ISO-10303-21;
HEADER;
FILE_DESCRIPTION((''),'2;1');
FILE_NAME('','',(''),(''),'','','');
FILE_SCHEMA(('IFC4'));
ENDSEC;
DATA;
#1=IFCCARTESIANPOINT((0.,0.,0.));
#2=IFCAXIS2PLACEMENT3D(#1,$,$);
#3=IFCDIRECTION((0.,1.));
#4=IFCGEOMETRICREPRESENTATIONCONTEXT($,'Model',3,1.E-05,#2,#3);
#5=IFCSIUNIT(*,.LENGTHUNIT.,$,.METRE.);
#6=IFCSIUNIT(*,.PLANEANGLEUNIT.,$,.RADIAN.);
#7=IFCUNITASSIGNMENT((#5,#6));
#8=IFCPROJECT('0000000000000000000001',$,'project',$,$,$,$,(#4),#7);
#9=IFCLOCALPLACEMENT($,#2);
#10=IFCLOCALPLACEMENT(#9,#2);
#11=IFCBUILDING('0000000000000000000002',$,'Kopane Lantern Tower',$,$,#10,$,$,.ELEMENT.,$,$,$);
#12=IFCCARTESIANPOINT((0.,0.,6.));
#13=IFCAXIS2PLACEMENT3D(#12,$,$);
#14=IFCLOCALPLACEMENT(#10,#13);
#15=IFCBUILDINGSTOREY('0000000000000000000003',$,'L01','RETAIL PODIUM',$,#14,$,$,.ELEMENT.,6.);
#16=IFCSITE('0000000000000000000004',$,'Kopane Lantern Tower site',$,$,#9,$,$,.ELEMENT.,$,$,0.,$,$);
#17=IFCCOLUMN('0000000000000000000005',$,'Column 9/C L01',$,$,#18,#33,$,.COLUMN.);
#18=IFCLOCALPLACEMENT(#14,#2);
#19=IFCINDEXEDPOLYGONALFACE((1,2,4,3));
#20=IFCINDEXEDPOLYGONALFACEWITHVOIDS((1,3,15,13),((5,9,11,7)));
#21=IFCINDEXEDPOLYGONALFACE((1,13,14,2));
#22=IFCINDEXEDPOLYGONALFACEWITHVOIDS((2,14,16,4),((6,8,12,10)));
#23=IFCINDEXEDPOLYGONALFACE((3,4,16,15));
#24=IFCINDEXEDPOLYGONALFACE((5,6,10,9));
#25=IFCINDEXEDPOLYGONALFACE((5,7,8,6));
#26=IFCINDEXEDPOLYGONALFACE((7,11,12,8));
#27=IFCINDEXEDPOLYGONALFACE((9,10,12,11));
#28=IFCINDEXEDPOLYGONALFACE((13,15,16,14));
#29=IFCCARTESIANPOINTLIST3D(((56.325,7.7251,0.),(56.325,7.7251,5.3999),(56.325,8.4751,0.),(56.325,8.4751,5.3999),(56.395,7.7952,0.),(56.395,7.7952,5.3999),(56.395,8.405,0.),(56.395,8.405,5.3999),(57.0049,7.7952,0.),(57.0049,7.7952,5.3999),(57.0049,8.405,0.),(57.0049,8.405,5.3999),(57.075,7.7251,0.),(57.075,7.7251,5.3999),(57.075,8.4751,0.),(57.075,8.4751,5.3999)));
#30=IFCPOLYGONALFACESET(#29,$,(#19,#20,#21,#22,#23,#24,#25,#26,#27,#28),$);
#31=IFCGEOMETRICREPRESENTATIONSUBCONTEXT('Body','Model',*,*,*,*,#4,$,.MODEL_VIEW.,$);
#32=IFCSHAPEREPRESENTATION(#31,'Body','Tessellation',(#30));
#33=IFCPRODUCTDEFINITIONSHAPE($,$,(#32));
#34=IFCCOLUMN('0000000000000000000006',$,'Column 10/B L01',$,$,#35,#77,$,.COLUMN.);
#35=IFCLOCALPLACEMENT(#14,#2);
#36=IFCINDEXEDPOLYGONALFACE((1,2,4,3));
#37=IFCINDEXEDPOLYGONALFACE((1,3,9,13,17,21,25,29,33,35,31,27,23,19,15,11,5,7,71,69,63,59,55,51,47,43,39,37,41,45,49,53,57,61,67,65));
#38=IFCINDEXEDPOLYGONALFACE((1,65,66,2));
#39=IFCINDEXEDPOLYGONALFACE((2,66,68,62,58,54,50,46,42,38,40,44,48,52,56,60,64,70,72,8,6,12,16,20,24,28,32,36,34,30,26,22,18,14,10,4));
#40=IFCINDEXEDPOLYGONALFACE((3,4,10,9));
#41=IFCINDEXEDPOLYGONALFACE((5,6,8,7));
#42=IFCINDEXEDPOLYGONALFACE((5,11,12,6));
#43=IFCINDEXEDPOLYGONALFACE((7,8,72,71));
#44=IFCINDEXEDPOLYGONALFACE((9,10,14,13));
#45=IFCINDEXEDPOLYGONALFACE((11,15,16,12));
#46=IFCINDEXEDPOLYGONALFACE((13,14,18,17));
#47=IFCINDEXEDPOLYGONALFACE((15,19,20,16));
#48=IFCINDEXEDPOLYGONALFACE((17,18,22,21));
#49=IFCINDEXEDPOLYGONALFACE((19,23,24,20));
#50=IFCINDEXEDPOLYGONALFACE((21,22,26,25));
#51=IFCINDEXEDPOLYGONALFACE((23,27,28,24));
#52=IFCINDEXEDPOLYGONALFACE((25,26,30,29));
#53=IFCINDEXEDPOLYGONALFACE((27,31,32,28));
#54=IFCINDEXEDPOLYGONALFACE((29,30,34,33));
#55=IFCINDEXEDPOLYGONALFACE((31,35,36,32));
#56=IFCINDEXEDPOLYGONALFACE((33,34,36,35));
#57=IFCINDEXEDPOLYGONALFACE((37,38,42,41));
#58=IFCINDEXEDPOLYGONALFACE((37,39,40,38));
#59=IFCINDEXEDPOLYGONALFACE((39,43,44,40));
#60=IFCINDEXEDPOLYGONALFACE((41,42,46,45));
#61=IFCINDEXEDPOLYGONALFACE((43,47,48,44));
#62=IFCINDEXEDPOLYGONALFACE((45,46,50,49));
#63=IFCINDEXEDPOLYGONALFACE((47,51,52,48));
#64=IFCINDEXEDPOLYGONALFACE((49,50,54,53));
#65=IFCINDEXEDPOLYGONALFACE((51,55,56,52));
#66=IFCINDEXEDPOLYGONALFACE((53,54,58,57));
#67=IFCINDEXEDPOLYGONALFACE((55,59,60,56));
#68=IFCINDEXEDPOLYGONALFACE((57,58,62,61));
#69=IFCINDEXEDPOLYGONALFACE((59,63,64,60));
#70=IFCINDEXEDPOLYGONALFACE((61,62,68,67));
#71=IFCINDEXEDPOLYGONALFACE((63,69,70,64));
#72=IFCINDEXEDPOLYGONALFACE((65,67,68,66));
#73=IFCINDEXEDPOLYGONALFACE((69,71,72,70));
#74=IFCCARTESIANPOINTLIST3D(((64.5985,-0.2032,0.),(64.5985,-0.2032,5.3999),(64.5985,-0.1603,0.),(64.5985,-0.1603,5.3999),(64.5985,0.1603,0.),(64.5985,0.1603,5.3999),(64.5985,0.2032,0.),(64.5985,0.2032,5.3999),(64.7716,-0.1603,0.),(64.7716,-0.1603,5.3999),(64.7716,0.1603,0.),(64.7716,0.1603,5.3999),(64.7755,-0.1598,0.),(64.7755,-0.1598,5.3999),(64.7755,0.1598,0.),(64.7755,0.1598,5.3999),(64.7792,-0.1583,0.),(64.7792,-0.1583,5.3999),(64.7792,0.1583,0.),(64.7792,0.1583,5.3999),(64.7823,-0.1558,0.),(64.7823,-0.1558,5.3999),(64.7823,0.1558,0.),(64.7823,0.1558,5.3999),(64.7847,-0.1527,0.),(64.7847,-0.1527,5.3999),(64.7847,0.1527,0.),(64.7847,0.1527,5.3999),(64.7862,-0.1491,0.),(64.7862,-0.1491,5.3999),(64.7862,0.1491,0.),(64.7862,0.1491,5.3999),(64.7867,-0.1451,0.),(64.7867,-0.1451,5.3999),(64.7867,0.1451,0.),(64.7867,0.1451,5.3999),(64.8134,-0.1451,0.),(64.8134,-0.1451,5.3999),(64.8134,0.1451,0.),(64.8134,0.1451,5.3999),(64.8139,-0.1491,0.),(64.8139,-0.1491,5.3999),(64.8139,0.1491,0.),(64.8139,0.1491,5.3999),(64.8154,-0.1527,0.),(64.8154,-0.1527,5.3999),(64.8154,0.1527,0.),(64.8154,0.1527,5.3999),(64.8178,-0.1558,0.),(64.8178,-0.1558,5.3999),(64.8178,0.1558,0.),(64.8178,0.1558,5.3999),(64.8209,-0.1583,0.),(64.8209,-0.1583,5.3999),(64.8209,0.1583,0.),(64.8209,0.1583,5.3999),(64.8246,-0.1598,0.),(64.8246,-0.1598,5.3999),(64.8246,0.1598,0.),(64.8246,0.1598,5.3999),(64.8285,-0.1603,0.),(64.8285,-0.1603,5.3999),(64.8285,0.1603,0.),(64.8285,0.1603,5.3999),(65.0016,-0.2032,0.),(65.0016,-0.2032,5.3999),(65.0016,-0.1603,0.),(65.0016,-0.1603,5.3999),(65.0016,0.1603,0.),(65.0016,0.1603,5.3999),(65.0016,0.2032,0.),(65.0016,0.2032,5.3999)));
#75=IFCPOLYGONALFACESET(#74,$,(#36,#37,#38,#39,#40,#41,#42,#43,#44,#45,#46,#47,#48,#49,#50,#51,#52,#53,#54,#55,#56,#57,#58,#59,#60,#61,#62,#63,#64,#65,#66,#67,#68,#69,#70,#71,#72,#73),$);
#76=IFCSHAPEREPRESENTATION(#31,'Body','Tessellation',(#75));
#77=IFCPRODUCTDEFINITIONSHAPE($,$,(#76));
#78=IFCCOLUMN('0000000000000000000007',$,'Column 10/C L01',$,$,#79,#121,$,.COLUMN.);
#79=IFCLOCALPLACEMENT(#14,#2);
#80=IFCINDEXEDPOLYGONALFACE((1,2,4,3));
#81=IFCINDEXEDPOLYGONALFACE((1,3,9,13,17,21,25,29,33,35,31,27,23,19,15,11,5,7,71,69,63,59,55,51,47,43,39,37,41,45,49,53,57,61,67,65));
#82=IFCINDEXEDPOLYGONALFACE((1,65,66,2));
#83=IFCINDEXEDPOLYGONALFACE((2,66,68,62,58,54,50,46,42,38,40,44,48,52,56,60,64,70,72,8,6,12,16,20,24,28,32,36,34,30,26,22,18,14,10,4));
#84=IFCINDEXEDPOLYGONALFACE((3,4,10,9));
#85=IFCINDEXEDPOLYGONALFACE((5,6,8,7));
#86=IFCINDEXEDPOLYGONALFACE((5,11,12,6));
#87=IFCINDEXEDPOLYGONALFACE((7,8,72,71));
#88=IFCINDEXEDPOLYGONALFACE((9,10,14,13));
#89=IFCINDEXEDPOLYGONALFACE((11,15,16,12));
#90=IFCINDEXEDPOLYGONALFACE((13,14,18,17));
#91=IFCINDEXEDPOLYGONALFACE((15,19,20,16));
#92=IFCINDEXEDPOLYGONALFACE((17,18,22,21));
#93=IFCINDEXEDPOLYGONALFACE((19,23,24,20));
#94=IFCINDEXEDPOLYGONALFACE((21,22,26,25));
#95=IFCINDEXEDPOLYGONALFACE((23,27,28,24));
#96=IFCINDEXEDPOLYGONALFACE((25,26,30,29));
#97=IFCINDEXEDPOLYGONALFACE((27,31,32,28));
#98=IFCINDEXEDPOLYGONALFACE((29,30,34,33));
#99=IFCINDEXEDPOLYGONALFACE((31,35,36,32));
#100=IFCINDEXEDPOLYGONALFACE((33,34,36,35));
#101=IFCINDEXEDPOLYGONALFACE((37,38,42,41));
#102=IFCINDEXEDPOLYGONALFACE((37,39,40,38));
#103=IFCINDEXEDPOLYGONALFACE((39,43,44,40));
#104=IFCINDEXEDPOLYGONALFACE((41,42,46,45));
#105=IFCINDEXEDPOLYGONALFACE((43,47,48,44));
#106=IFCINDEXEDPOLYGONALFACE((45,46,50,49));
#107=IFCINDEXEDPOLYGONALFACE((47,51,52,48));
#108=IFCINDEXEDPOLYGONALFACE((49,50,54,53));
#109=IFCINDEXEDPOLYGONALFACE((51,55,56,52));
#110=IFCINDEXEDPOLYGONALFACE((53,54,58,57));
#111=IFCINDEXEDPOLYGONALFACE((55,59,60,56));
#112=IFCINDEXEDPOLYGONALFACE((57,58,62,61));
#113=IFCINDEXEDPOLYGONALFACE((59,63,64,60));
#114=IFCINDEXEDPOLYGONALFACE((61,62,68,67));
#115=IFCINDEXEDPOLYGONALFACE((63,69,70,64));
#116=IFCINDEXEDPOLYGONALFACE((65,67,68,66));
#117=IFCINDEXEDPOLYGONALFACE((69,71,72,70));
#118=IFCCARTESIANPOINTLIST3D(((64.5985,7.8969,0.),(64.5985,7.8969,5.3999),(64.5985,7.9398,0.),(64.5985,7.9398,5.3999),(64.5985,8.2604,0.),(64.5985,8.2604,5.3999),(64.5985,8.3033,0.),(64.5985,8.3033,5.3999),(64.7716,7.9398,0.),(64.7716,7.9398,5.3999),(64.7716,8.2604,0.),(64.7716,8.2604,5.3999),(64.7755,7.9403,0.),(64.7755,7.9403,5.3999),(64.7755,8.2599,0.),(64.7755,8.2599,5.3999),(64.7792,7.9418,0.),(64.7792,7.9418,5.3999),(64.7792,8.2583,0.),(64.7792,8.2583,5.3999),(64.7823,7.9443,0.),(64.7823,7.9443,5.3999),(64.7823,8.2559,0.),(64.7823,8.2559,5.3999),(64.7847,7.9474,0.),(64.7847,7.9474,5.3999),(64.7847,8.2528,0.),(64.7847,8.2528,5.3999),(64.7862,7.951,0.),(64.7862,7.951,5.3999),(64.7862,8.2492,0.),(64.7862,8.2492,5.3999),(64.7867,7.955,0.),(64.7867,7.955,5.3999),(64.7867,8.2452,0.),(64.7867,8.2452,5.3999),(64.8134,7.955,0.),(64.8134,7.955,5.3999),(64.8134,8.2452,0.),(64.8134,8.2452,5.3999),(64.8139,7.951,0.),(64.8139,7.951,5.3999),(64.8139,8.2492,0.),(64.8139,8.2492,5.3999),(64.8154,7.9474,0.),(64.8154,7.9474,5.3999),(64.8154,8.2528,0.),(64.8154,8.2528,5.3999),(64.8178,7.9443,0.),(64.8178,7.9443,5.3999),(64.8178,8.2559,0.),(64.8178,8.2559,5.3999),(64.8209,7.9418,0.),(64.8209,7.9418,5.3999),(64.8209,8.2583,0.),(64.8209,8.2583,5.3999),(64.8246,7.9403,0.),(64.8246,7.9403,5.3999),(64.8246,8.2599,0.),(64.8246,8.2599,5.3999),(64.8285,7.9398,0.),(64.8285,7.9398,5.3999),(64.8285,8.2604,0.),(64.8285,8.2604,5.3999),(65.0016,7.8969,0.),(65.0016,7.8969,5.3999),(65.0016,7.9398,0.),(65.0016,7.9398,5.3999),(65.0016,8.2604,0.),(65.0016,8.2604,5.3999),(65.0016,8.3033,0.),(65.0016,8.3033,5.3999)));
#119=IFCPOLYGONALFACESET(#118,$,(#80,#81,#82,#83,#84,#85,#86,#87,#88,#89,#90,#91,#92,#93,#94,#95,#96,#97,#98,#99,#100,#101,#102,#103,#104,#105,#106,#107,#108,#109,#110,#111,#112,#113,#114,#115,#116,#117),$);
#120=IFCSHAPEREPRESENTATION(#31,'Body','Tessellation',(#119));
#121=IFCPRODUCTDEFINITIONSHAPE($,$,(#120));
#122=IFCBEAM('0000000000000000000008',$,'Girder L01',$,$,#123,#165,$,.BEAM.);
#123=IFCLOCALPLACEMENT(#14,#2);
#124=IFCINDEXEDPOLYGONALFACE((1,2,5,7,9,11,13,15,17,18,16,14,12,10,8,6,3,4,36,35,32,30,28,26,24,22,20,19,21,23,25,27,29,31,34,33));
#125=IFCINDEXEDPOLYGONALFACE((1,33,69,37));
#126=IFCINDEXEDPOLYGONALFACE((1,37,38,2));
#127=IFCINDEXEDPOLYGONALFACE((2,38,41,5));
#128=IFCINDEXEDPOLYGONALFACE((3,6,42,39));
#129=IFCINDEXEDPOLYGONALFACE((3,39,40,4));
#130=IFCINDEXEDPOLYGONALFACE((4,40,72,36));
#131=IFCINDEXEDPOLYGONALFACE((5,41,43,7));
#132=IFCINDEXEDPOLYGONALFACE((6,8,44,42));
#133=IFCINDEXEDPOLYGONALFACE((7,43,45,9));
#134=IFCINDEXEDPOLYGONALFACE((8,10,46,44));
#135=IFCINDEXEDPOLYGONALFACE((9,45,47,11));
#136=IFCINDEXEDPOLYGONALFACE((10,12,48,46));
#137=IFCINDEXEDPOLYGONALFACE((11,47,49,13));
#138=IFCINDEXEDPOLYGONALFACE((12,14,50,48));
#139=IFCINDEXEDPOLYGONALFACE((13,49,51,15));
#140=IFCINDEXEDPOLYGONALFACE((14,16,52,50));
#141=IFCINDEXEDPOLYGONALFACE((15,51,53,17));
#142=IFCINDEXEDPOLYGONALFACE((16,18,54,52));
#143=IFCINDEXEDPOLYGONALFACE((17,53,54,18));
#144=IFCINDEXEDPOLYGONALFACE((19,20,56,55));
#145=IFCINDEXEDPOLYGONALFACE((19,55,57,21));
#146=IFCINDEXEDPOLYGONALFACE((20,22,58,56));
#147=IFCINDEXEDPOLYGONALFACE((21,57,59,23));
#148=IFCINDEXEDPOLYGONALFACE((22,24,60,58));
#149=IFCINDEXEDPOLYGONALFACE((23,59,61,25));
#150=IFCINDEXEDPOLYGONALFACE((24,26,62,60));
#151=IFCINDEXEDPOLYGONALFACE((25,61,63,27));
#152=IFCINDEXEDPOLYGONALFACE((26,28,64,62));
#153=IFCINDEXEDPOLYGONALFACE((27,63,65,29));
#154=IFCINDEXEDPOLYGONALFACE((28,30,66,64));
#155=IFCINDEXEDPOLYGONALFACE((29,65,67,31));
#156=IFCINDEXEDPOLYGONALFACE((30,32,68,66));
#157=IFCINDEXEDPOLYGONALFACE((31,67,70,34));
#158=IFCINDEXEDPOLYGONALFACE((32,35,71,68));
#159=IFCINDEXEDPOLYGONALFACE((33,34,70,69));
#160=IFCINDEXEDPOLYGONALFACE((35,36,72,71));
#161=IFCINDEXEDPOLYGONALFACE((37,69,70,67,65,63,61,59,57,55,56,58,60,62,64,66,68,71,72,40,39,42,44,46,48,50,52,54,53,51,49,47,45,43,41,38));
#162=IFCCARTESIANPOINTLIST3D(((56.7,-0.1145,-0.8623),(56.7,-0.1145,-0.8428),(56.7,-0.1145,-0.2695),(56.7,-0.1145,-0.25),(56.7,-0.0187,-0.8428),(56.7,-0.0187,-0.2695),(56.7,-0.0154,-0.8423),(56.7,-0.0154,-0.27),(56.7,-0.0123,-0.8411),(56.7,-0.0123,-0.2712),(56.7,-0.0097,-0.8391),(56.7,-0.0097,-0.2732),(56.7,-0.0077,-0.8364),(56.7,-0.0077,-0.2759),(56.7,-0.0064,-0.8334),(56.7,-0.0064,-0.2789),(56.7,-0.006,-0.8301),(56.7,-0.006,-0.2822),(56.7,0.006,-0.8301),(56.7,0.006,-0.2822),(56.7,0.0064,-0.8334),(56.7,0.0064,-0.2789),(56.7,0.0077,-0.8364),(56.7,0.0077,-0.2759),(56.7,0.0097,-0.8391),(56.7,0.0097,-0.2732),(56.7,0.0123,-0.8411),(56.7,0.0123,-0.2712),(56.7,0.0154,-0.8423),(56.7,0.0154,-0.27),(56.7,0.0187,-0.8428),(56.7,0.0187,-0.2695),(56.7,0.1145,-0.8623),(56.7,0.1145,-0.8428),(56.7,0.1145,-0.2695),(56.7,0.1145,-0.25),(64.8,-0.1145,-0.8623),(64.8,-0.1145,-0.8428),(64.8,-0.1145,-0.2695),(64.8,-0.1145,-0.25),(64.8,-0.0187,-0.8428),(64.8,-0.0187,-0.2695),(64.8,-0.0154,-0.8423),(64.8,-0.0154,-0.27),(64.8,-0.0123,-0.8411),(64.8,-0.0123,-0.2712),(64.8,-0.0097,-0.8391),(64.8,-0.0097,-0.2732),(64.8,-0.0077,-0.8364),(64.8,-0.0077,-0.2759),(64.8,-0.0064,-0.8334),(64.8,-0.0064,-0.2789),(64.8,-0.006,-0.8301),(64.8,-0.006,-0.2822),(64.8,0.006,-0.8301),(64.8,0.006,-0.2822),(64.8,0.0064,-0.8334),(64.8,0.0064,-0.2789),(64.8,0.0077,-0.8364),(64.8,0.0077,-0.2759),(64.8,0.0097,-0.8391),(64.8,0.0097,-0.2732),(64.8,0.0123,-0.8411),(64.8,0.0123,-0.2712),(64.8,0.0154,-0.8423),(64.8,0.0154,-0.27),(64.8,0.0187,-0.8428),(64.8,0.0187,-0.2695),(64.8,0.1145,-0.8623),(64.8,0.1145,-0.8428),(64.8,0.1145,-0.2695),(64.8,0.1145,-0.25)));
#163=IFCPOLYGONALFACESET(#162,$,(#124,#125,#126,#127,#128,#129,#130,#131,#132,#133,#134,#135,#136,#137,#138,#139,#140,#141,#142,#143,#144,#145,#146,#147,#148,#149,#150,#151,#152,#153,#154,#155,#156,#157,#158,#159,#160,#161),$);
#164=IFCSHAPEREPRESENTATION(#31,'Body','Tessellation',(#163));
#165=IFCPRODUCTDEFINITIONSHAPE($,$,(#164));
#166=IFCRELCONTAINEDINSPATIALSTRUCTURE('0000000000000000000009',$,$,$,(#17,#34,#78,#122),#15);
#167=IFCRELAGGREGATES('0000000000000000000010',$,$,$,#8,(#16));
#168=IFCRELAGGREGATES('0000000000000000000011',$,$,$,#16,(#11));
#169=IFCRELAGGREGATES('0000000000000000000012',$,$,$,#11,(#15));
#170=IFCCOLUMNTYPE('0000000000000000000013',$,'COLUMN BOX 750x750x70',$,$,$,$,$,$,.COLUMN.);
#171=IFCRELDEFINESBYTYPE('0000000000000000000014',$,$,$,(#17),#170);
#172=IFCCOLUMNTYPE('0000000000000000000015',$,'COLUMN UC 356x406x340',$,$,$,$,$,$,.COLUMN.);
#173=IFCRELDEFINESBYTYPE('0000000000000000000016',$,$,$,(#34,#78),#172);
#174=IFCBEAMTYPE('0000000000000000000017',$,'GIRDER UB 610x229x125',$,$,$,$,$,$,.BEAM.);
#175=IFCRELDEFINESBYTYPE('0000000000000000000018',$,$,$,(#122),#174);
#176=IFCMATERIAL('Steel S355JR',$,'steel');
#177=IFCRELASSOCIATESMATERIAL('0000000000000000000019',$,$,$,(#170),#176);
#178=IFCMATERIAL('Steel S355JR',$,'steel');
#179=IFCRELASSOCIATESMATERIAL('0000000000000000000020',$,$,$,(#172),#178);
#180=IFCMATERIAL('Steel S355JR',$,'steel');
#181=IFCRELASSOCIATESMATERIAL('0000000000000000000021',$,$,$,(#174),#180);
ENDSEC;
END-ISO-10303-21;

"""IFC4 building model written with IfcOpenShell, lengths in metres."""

from ifc_helpers import new_model, si_unit, direction, frame, origin, origin_2d, place, context, subcontext, project, spatial, hollow_rectangle, i_section, extrude, material, material_profile, profile_set, type_object, element, save


model = new_model("IFC4")

# Units and contexts
model_context = context("Model", 3, precision=1e-05, world=origin(), true_north=direction((0.0, 1.0)))
body_context = subcontext(model_context, "Body", "Model", "MODEL_VIEW")
ifc_project = project(units=[si_unit("LENGTHUNIT", "METRE"), si_unit("PLANEANGLEUNIT", "RADIAN")], contexts=[model_context])

# Site, building, storey
site_placement = place(None, origin())
site = spatial("IfcSite", under=ifc_project, at=site_placement, Name="Kopane Lantern Tower site", CompositionType="ELEMENT", RefElevation=0.0)
building_placement = place(site_placement, origin())
building = spatial("IfcBuilding", under=site, at=building_placement, Name="Kopane Lantern Tower", CompositionType="ELEMENT")
storey_placement = place(building_placement, frame((0.0, 0.0, 6.0)))
storey = spatial("IfcBuildingStorey", under=building, at=storey_placement, Name="L01", Description="RETAIL PODIUM", CompositionType="ELEMENT", Elevation=6.0)

# Columns
ifc_material_1 = material(Name="Steel S355JR", Category="steel")
ifc_material_profile_1 = material_profile(ifc_material_1, hollow_rectangle(XDim=0.75, YDim=0.75, WallThickness=0.0701, at=origin_2d()), Name="BOX 750x750x70")
ifc_profile_set_1 = profile_set([ifc_material_profile_1], Name="Steel S355JR")
column_type_1 = type_object("IfcColumnType", Name="COLUMN BOX 750x750x70", PredefinedType="COLUMN", material=ifc_profile_set_1)
column_placement = place(storey_placement, frame((56.7, 8.1001, 0.0), z_axis=(0.0, 0.0, 1.0), x_axis=(1.0, 0.0, 0.0)))
element("IfcColumn", 1, at=column_placement, inside=storey, type_object=column_type_1, Name="Column 9/C L01", PredefinedType="COLUMN", context=body_context, shape_type="SweptSolid", body=[
    extrude(hollow_rectangle(XDim=0.75, YDim=0.75, WallThickness=0.0701, at=origin_2d()), origin(), (0.0, 0.0, 1.0), 5.3999),
])
ifc_material_2 = material(Name="Steel S355JR", Category="steel")
ifc_material_profile_2 = material_profile(ifc_material_2, i_section(OverallWidth=0.4031, OverallDepth=0.4065, WebThickness=0.0266, FlangeThickness=0.043, FilletRadius=0.0151, at=origin_2d()), Name="UC 356x406x340")
ifc_profile_set_2 = profile_set([ifc_material_profile_2], Name="Steel S355JR")
column_type_2 = type_object("IfcColumnType", Name="COLUMN UC 356x406x340", PredefinedType="COLUMN", material=ifc_profile_set_2)
for number, where, z_axis, x_axis, name in (
    (2, (64.8, 0.0, 0.0), (0.0, 0.0, 1.0), (1.0, 0.0, 0.0), "Column 10/B L01"),
    (3, (64.8, 8.1001, 0.0), (0.0, 0.0, 1.0), (1.0, 0.0, 0.0), "Column 10/C L01"),
):
    element("IfcColumn", number, at=place(storey_placement, frame(where, z_axis=z_axis, x_axis=x_axis)), inside=storey, type_object=column_type_2, Name=name, PredefinedType="COLUMN", context=body_context, shape_type="SweptSolid", body=[
        extrude(i_section(OverallWidth=0.4031, OverallDepth=0.4065, WebThickness=0.0266, FlangeThickness=0.043, FilletRadius=0.0151, at=origin_2d()), origin(), (0.0, 0.0, 1.0), 5.3999),
    ])

# Beam
ifc_material_3 = material(Name="Steel S355JR", Category="steel")
ifc_material_profile_3 = material_profile(ifc_material_3, i_section(OverallWidth=0.229, OverallDepth=0.6123, WebThickness=0.012, FlangeThickness=0.0195, FilletRadius=0.0127, at=origin_2d()), Name="UB 610x229x125")
ifc_profile_set_3 = profile_set([ifc_material_profile_3], Name="Steel S355JR")
beam_type = type_object("IfcBeamType", Name="GIRDER UB 610x229x125", PredefinedType="BEAM", material=ifc_profile_set_3)
beam_1_placement = place(storey_placement, frame((56.7, 0.0, -0.5562), z_axis=(1.0, 0.0, 0.0), x_axis=(0.0, 1.0, 0.0)))
element("IfcBeam", 4, at=beam_1_placement, inside=storey, type_object=beam_type, Name="Girder L01", PredefinedType="BEAM", context=body_context, shape_type="SweptSolid", body=[
    extrude(i_section(OverallWidth=0.229, OverallDepth=0.6123, WebThickness=0.012, FlangeThickness=0.0195, FilletRadius=0.0127, at=origin_2d()), origin(), (0.0, 0.0, 1.0), 8.1001),
])

save(model, "model.ifc")
